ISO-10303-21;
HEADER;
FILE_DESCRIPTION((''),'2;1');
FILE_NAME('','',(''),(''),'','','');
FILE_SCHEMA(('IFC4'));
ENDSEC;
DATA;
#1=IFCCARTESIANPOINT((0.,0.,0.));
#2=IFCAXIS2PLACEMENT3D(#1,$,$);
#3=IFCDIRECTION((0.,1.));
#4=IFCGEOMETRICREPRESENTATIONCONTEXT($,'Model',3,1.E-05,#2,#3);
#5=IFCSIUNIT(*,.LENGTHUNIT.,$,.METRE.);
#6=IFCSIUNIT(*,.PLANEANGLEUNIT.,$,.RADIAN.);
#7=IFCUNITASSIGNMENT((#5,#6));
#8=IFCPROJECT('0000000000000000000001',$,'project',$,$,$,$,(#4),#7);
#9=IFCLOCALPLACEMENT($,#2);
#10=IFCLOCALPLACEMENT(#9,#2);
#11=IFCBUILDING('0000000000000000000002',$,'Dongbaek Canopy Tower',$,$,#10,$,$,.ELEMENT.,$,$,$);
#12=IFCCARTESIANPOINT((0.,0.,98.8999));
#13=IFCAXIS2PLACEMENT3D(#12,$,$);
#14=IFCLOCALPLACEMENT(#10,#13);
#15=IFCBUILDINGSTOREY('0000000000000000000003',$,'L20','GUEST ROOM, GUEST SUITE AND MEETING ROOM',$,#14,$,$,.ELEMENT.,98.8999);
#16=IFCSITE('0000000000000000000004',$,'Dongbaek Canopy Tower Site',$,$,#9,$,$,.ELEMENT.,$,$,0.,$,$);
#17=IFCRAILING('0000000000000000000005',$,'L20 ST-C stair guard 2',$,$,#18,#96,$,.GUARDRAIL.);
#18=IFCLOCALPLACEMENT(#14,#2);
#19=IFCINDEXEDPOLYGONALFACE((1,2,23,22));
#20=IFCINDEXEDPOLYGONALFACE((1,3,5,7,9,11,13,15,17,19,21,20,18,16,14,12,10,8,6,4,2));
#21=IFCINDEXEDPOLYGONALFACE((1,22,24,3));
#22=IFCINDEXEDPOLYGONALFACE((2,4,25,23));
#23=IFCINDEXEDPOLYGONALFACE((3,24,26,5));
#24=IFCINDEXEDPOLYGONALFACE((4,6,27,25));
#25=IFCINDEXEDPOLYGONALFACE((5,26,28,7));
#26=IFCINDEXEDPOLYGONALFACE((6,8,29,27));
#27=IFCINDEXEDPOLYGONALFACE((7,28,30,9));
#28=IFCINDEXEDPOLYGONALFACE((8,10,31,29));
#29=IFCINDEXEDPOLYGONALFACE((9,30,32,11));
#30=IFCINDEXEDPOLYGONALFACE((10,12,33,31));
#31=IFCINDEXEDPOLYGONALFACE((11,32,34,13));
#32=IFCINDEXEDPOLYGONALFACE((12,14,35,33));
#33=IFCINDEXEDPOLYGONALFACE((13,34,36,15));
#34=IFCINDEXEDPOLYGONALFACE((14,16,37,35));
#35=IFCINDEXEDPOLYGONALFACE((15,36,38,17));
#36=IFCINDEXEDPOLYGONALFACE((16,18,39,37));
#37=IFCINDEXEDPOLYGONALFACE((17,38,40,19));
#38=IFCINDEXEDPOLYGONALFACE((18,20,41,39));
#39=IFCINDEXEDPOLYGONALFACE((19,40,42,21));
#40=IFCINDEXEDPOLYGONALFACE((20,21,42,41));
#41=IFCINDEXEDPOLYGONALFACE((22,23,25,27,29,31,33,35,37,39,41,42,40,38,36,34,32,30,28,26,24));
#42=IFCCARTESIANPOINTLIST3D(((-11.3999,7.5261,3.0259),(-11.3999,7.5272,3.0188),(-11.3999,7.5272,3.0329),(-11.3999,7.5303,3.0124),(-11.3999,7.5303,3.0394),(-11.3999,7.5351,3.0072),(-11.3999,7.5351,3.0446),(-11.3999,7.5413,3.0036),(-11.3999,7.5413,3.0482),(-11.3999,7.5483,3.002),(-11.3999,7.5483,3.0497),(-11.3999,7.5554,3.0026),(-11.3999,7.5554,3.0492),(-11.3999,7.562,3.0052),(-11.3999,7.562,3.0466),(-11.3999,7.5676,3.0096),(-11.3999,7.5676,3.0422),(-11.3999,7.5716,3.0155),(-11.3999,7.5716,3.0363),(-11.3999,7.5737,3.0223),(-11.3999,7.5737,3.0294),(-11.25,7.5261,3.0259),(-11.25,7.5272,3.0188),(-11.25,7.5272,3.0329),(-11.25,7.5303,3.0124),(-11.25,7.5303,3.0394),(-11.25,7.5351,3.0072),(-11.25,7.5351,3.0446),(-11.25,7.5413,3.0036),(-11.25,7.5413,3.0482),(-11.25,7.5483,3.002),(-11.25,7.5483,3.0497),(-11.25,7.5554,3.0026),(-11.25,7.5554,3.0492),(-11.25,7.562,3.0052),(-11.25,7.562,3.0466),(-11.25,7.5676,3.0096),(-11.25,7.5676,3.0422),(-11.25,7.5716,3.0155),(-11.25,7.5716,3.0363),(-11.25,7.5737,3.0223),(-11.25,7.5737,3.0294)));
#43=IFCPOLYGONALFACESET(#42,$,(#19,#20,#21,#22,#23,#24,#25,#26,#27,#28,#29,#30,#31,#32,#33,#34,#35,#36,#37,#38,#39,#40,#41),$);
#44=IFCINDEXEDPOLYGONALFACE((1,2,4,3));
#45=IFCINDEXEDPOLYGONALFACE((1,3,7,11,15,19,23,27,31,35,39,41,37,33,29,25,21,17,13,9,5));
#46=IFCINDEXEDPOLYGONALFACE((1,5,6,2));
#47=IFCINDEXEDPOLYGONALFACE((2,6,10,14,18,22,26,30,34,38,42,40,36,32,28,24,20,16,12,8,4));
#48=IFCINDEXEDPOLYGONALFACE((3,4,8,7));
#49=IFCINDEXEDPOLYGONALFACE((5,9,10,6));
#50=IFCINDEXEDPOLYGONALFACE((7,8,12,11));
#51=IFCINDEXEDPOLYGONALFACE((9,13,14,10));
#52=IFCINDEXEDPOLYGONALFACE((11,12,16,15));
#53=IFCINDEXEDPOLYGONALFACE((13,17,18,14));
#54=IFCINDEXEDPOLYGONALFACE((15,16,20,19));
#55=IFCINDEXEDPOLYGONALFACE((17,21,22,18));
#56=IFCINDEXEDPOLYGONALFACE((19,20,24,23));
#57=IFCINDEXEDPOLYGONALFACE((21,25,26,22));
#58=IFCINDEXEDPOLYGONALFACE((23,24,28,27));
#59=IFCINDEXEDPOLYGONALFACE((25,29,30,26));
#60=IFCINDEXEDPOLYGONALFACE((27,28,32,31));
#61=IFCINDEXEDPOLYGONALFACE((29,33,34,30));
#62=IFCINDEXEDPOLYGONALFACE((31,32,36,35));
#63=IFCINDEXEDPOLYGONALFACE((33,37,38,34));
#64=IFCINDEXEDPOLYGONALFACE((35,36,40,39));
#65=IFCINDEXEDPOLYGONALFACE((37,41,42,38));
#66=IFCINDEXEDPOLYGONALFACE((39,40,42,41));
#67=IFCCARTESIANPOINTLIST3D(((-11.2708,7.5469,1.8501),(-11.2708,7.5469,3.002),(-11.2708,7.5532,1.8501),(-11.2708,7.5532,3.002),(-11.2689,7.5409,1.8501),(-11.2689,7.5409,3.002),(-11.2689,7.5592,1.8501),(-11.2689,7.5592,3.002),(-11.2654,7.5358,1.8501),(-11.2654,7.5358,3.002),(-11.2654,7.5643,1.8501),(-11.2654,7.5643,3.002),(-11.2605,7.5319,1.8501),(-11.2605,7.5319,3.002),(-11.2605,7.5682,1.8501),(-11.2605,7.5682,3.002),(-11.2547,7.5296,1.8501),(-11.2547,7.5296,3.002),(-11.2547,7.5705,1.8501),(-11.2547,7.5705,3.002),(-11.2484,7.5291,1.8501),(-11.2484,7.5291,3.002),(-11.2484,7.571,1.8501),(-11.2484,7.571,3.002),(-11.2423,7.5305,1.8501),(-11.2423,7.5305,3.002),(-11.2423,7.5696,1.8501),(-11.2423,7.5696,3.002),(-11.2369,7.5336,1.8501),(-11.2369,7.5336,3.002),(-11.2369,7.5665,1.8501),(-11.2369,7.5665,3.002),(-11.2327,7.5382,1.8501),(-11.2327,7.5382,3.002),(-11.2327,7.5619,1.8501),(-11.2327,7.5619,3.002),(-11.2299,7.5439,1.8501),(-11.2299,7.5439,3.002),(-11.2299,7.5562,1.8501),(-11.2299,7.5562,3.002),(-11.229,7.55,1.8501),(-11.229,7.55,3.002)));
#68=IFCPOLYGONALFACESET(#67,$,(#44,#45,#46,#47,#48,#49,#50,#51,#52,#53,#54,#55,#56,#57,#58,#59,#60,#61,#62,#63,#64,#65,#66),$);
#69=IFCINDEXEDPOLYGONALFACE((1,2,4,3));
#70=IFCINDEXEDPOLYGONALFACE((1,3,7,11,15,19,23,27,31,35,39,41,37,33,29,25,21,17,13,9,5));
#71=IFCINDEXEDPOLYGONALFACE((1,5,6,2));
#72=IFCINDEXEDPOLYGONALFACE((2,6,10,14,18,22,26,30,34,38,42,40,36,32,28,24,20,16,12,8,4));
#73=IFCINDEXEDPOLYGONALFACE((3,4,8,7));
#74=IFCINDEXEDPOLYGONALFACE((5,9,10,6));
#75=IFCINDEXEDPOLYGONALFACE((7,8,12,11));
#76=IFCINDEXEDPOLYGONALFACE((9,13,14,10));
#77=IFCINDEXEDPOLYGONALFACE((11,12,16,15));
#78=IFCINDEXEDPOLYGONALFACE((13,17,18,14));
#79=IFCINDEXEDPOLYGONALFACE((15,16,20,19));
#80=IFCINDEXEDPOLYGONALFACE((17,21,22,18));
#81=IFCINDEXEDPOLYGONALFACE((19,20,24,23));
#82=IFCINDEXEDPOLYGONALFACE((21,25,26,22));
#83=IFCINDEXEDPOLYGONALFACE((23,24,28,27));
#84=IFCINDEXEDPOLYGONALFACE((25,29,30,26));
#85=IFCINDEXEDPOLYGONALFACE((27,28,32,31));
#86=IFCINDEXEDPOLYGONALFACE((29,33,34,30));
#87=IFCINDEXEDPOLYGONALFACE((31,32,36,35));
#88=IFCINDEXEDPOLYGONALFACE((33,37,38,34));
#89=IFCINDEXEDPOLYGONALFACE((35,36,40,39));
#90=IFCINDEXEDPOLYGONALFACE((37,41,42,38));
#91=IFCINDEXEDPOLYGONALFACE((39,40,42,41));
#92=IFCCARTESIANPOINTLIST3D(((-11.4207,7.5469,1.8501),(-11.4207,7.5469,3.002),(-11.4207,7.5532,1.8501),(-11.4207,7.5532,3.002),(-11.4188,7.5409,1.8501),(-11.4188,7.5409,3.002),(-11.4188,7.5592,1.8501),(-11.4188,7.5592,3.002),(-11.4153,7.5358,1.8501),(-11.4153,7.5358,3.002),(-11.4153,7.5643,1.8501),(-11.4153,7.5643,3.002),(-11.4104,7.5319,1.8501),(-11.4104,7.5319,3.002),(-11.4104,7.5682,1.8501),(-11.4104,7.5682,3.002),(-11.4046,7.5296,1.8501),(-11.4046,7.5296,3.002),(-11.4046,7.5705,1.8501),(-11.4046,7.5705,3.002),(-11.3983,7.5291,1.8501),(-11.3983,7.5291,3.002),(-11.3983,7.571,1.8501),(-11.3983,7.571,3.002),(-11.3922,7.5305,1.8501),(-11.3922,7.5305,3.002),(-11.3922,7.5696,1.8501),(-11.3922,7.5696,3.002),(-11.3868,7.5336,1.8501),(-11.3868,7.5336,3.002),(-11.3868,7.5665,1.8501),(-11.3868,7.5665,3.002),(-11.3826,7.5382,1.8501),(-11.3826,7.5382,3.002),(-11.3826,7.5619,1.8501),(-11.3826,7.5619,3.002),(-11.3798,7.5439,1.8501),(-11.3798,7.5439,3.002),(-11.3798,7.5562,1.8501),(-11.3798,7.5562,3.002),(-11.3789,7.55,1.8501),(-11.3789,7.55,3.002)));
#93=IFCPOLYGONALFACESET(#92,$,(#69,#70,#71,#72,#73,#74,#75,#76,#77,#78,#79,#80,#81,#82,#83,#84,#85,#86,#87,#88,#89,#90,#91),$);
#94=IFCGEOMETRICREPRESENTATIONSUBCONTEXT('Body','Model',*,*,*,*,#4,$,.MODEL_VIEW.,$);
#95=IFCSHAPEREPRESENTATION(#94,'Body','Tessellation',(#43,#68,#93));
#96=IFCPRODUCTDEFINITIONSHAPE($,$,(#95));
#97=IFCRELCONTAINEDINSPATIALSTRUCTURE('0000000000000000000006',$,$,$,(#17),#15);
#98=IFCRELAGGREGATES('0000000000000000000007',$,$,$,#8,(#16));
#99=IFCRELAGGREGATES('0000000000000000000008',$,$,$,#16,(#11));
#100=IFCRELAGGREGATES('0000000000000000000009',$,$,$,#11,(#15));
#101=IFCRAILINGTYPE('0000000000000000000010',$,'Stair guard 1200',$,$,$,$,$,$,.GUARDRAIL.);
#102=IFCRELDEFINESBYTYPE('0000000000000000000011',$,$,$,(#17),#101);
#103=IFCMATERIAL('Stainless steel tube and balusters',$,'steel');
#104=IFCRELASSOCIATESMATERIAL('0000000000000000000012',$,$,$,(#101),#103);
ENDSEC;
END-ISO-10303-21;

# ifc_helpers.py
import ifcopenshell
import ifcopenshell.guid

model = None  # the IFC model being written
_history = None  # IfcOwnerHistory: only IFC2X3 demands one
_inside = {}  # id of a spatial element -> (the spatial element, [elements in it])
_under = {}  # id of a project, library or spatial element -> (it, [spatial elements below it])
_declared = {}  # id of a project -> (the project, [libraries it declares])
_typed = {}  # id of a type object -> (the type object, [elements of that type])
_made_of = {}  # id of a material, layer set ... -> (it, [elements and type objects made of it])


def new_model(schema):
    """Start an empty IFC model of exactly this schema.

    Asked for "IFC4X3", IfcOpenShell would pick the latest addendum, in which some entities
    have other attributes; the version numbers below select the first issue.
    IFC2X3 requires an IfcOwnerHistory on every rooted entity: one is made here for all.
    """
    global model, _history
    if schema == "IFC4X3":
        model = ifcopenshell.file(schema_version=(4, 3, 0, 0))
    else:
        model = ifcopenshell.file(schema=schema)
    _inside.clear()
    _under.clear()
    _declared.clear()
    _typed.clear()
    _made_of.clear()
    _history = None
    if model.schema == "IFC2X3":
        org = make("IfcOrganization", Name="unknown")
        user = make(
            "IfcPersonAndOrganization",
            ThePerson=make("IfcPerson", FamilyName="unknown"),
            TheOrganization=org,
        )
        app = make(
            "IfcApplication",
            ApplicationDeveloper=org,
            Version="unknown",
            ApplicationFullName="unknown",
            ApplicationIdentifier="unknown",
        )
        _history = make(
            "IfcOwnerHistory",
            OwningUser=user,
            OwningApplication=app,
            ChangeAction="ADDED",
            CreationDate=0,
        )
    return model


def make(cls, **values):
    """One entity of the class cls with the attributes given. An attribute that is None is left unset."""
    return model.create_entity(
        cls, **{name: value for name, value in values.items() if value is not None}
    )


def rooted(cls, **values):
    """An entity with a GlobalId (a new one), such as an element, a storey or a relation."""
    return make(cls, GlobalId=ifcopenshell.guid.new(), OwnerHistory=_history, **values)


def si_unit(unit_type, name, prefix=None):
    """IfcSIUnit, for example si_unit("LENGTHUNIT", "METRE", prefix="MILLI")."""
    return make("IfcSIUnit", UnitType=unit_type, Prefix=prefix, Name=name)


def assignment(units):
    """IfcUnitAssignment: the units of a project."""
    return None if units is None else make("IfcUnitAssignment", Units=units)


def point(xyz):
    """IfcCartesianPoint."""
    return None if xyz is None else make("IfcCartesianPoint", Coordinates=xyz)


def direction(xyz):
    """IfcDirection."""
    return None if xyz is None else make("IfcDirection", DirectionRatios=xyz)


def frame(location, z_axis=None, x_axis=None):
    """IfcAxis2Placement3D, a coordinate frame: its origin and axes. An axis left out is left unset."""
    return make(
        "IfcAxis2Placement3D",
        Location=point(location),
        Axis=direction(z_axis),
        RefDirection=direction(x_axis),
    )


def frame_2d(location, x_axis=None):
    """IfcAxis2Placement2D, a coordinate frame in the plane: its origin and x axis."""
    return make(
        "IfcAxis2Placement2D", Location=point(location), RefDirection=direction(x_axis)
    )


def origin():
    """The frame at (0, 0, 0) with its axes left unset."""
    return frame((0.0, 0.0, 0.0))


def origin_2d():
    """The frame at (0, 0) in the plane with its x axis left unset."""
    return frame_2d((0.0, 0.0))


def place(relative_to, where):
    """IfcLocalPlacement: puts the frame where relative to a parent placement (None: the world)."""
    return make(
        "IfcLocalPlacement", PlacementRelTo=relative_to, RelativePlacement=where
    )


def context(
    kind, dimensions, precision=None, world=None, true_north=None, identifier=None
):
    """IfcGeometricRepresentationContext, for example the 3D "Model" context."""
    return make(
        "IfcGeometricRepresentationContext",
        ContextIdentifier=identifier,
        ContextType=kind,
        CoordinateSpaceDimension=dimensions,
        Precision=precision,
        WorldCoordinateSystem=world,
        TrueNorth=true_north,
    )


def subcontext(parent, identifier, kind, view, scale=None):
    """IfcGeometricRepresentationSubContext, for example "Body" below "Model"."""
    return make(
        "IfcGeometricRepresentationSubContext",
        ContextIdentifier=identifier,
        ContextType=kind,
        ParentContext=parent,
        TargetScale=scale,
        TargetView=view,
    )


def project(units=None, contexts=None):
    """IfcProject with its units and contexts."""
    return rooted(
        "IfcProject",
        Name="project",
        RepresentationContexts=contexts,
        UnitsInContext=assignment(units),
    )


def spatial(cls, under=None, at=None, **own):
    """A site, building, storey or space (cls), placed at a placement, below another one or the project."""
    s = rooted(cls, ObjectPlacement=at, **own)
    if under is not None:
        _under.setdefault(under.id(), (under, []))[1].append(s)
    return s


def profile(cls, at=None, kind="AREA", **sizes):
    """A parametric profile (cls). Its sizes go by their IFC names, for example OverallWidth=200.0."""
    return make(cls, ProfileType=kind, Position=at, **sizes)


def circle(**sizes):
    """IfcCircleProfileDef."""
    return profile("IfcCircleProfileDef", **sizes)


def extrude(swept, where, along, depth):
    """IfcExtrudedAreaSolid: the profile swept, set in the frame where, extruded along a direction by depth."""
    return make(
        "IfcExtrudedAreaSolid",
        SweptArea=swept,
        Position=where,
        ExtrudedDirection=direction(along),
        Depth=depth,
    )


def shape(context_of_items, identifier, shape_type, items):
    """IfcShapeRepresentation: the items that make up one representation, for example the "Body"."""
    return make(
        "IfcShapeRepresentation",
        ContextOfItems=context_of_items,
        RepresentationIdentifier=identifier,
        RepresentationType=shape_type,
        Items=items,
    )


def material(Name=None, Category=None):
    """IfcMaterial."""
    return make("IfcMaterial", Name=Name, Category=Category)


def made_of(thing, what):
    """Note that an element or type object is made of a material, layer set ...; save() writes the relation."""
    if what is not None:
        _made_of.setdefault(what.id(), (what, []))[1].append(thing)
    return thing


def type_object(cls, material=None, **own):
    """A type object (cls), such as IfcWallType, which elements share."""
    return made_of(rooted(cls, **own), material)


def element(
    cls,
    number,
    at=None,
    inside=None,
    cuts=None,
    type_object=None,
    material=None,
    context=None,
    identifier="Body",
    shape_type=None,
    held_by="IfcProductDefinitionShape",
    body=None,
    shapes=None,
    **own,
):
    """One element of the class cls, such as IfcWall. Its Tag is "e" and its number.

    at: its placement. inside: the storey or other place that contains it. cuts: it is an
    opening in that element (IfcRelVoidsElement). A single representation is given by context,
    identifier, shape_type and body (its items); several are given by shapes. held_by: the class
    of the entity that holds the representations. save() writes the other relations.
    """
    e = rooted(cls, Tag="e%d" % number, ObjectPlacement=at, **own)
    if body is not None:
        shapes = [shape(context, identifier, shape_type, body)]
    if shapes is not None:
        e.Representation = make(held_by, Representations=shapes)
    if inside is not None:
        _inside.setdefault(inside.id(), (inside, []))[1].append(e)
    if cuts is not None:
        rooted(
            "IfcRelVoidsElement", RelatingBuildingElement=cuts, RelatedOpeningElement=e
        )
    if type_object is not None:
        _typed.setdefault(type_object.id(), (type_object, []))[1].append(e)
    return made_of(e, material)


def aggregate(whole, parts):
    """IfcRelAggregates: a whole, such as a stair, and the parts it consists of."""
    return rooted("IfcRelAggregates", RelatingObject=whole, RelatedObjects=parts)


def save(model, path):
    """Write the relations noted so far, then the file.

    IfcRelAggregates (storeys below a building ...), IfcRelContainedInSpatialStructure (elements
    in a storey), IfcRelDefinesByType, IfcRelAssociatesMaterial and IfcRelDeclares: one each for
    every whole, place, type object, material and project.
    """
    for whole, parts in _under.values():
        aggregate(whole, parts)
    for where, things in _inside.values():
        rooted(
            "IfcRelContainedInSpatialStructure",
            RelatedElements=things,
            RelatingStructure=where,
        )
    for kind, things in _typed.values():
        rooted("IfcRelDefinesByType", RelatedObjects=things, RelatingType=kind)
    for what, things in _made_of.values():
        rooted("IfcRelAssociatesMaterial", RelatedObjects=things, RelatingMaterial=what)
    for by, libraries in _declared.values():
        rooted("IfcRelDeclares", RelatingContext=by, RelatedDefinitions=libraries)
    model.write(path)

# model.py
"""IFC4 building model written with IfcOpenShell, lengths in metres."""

from ifc_helpers import new_model, si_unit, direction, frame, origin, origin_2d, place, context, subcontext, project, spatial, circle, extrude, material, type_object, element, save


model = new_model("IFC4")

# Units and contexts
model_context = context("Model", 3, precision=1e-05, world=origin(), true_north=direction((0.0, 1.0)))
body_context = subcontext(model_context, "Body", "Model", "MODEL_VIEW")
ifc_project = project(units=[si_unit("LENGTHUNIT", "METRE"), si_unit("PLANEANGLEUNIT", "RADIAN")], contexts=[model_context])

# Site, building, storey
site_placement = place(None, origin())
site = spatial("IfcSite", under=ifc_project, at=site_placement, Name="Dongbaek Canopy Tower Site", CompositionType="ELEMENT", RefElevation=0.0)
building_placement = place(site_placement, origin())
building = spatial("IfcBuilding", under=site, at=building_placement, Name="Dongbaek Canopy Tower", CompositionType="ELEMENT")
storey_placement = place(building_placement, frame((0.0, 0.0, 98.8999)))
storey = spatial("IfcBuildingStorey", under=building, at=storey_placement, Name="L20", Description="GUEST ROOM, GUEST SUITE AND MEETING ROOM", CompositionType="ELEMENT", Elevation=98.8999)

# Railing
ifc_material_1 = material(Name="Stainless steel tube and balusters", Category="steel")
railing_type_1 = type_object("IfcRailingType", Name="Stair guard 1200", PredefinedType="GUARDRAIL", material=ifc_material_1)
railing_1_placement = place(storey_placement, frame((-11.25, 7.55, 1.8501)))
element("IfcRailing", 1, at=railing_1_placement, inside=storey, type_object=railing_type_1, Name="L20 ST-C stair guard 2", PredefinedType="GUARDRAIL", context=body_context, shape_type="SweptSolid", body=[
    extrude(circle(Radius=0.0239, at=origin_2d()), frame((0.0, 0.0, 1.1758), z_axis=(-1.0, 0.0, 0.0), x_axis=(0.0, -1.0, 0.0)), (0.0, 0.0, 1.0), 0.1499),
    extrude(circle(Radius=0.021, at=origin_2d()), origin(), (0.0, 0.0, 1.0), 1.1519),
    extrude(circle(Radius=0.021, at=origin_2d()), frame((-0.1499, 0.0, 0.0)), (0.0, 0.0, 1.0), 1.1519),
])

save(model, "model.ifc")
